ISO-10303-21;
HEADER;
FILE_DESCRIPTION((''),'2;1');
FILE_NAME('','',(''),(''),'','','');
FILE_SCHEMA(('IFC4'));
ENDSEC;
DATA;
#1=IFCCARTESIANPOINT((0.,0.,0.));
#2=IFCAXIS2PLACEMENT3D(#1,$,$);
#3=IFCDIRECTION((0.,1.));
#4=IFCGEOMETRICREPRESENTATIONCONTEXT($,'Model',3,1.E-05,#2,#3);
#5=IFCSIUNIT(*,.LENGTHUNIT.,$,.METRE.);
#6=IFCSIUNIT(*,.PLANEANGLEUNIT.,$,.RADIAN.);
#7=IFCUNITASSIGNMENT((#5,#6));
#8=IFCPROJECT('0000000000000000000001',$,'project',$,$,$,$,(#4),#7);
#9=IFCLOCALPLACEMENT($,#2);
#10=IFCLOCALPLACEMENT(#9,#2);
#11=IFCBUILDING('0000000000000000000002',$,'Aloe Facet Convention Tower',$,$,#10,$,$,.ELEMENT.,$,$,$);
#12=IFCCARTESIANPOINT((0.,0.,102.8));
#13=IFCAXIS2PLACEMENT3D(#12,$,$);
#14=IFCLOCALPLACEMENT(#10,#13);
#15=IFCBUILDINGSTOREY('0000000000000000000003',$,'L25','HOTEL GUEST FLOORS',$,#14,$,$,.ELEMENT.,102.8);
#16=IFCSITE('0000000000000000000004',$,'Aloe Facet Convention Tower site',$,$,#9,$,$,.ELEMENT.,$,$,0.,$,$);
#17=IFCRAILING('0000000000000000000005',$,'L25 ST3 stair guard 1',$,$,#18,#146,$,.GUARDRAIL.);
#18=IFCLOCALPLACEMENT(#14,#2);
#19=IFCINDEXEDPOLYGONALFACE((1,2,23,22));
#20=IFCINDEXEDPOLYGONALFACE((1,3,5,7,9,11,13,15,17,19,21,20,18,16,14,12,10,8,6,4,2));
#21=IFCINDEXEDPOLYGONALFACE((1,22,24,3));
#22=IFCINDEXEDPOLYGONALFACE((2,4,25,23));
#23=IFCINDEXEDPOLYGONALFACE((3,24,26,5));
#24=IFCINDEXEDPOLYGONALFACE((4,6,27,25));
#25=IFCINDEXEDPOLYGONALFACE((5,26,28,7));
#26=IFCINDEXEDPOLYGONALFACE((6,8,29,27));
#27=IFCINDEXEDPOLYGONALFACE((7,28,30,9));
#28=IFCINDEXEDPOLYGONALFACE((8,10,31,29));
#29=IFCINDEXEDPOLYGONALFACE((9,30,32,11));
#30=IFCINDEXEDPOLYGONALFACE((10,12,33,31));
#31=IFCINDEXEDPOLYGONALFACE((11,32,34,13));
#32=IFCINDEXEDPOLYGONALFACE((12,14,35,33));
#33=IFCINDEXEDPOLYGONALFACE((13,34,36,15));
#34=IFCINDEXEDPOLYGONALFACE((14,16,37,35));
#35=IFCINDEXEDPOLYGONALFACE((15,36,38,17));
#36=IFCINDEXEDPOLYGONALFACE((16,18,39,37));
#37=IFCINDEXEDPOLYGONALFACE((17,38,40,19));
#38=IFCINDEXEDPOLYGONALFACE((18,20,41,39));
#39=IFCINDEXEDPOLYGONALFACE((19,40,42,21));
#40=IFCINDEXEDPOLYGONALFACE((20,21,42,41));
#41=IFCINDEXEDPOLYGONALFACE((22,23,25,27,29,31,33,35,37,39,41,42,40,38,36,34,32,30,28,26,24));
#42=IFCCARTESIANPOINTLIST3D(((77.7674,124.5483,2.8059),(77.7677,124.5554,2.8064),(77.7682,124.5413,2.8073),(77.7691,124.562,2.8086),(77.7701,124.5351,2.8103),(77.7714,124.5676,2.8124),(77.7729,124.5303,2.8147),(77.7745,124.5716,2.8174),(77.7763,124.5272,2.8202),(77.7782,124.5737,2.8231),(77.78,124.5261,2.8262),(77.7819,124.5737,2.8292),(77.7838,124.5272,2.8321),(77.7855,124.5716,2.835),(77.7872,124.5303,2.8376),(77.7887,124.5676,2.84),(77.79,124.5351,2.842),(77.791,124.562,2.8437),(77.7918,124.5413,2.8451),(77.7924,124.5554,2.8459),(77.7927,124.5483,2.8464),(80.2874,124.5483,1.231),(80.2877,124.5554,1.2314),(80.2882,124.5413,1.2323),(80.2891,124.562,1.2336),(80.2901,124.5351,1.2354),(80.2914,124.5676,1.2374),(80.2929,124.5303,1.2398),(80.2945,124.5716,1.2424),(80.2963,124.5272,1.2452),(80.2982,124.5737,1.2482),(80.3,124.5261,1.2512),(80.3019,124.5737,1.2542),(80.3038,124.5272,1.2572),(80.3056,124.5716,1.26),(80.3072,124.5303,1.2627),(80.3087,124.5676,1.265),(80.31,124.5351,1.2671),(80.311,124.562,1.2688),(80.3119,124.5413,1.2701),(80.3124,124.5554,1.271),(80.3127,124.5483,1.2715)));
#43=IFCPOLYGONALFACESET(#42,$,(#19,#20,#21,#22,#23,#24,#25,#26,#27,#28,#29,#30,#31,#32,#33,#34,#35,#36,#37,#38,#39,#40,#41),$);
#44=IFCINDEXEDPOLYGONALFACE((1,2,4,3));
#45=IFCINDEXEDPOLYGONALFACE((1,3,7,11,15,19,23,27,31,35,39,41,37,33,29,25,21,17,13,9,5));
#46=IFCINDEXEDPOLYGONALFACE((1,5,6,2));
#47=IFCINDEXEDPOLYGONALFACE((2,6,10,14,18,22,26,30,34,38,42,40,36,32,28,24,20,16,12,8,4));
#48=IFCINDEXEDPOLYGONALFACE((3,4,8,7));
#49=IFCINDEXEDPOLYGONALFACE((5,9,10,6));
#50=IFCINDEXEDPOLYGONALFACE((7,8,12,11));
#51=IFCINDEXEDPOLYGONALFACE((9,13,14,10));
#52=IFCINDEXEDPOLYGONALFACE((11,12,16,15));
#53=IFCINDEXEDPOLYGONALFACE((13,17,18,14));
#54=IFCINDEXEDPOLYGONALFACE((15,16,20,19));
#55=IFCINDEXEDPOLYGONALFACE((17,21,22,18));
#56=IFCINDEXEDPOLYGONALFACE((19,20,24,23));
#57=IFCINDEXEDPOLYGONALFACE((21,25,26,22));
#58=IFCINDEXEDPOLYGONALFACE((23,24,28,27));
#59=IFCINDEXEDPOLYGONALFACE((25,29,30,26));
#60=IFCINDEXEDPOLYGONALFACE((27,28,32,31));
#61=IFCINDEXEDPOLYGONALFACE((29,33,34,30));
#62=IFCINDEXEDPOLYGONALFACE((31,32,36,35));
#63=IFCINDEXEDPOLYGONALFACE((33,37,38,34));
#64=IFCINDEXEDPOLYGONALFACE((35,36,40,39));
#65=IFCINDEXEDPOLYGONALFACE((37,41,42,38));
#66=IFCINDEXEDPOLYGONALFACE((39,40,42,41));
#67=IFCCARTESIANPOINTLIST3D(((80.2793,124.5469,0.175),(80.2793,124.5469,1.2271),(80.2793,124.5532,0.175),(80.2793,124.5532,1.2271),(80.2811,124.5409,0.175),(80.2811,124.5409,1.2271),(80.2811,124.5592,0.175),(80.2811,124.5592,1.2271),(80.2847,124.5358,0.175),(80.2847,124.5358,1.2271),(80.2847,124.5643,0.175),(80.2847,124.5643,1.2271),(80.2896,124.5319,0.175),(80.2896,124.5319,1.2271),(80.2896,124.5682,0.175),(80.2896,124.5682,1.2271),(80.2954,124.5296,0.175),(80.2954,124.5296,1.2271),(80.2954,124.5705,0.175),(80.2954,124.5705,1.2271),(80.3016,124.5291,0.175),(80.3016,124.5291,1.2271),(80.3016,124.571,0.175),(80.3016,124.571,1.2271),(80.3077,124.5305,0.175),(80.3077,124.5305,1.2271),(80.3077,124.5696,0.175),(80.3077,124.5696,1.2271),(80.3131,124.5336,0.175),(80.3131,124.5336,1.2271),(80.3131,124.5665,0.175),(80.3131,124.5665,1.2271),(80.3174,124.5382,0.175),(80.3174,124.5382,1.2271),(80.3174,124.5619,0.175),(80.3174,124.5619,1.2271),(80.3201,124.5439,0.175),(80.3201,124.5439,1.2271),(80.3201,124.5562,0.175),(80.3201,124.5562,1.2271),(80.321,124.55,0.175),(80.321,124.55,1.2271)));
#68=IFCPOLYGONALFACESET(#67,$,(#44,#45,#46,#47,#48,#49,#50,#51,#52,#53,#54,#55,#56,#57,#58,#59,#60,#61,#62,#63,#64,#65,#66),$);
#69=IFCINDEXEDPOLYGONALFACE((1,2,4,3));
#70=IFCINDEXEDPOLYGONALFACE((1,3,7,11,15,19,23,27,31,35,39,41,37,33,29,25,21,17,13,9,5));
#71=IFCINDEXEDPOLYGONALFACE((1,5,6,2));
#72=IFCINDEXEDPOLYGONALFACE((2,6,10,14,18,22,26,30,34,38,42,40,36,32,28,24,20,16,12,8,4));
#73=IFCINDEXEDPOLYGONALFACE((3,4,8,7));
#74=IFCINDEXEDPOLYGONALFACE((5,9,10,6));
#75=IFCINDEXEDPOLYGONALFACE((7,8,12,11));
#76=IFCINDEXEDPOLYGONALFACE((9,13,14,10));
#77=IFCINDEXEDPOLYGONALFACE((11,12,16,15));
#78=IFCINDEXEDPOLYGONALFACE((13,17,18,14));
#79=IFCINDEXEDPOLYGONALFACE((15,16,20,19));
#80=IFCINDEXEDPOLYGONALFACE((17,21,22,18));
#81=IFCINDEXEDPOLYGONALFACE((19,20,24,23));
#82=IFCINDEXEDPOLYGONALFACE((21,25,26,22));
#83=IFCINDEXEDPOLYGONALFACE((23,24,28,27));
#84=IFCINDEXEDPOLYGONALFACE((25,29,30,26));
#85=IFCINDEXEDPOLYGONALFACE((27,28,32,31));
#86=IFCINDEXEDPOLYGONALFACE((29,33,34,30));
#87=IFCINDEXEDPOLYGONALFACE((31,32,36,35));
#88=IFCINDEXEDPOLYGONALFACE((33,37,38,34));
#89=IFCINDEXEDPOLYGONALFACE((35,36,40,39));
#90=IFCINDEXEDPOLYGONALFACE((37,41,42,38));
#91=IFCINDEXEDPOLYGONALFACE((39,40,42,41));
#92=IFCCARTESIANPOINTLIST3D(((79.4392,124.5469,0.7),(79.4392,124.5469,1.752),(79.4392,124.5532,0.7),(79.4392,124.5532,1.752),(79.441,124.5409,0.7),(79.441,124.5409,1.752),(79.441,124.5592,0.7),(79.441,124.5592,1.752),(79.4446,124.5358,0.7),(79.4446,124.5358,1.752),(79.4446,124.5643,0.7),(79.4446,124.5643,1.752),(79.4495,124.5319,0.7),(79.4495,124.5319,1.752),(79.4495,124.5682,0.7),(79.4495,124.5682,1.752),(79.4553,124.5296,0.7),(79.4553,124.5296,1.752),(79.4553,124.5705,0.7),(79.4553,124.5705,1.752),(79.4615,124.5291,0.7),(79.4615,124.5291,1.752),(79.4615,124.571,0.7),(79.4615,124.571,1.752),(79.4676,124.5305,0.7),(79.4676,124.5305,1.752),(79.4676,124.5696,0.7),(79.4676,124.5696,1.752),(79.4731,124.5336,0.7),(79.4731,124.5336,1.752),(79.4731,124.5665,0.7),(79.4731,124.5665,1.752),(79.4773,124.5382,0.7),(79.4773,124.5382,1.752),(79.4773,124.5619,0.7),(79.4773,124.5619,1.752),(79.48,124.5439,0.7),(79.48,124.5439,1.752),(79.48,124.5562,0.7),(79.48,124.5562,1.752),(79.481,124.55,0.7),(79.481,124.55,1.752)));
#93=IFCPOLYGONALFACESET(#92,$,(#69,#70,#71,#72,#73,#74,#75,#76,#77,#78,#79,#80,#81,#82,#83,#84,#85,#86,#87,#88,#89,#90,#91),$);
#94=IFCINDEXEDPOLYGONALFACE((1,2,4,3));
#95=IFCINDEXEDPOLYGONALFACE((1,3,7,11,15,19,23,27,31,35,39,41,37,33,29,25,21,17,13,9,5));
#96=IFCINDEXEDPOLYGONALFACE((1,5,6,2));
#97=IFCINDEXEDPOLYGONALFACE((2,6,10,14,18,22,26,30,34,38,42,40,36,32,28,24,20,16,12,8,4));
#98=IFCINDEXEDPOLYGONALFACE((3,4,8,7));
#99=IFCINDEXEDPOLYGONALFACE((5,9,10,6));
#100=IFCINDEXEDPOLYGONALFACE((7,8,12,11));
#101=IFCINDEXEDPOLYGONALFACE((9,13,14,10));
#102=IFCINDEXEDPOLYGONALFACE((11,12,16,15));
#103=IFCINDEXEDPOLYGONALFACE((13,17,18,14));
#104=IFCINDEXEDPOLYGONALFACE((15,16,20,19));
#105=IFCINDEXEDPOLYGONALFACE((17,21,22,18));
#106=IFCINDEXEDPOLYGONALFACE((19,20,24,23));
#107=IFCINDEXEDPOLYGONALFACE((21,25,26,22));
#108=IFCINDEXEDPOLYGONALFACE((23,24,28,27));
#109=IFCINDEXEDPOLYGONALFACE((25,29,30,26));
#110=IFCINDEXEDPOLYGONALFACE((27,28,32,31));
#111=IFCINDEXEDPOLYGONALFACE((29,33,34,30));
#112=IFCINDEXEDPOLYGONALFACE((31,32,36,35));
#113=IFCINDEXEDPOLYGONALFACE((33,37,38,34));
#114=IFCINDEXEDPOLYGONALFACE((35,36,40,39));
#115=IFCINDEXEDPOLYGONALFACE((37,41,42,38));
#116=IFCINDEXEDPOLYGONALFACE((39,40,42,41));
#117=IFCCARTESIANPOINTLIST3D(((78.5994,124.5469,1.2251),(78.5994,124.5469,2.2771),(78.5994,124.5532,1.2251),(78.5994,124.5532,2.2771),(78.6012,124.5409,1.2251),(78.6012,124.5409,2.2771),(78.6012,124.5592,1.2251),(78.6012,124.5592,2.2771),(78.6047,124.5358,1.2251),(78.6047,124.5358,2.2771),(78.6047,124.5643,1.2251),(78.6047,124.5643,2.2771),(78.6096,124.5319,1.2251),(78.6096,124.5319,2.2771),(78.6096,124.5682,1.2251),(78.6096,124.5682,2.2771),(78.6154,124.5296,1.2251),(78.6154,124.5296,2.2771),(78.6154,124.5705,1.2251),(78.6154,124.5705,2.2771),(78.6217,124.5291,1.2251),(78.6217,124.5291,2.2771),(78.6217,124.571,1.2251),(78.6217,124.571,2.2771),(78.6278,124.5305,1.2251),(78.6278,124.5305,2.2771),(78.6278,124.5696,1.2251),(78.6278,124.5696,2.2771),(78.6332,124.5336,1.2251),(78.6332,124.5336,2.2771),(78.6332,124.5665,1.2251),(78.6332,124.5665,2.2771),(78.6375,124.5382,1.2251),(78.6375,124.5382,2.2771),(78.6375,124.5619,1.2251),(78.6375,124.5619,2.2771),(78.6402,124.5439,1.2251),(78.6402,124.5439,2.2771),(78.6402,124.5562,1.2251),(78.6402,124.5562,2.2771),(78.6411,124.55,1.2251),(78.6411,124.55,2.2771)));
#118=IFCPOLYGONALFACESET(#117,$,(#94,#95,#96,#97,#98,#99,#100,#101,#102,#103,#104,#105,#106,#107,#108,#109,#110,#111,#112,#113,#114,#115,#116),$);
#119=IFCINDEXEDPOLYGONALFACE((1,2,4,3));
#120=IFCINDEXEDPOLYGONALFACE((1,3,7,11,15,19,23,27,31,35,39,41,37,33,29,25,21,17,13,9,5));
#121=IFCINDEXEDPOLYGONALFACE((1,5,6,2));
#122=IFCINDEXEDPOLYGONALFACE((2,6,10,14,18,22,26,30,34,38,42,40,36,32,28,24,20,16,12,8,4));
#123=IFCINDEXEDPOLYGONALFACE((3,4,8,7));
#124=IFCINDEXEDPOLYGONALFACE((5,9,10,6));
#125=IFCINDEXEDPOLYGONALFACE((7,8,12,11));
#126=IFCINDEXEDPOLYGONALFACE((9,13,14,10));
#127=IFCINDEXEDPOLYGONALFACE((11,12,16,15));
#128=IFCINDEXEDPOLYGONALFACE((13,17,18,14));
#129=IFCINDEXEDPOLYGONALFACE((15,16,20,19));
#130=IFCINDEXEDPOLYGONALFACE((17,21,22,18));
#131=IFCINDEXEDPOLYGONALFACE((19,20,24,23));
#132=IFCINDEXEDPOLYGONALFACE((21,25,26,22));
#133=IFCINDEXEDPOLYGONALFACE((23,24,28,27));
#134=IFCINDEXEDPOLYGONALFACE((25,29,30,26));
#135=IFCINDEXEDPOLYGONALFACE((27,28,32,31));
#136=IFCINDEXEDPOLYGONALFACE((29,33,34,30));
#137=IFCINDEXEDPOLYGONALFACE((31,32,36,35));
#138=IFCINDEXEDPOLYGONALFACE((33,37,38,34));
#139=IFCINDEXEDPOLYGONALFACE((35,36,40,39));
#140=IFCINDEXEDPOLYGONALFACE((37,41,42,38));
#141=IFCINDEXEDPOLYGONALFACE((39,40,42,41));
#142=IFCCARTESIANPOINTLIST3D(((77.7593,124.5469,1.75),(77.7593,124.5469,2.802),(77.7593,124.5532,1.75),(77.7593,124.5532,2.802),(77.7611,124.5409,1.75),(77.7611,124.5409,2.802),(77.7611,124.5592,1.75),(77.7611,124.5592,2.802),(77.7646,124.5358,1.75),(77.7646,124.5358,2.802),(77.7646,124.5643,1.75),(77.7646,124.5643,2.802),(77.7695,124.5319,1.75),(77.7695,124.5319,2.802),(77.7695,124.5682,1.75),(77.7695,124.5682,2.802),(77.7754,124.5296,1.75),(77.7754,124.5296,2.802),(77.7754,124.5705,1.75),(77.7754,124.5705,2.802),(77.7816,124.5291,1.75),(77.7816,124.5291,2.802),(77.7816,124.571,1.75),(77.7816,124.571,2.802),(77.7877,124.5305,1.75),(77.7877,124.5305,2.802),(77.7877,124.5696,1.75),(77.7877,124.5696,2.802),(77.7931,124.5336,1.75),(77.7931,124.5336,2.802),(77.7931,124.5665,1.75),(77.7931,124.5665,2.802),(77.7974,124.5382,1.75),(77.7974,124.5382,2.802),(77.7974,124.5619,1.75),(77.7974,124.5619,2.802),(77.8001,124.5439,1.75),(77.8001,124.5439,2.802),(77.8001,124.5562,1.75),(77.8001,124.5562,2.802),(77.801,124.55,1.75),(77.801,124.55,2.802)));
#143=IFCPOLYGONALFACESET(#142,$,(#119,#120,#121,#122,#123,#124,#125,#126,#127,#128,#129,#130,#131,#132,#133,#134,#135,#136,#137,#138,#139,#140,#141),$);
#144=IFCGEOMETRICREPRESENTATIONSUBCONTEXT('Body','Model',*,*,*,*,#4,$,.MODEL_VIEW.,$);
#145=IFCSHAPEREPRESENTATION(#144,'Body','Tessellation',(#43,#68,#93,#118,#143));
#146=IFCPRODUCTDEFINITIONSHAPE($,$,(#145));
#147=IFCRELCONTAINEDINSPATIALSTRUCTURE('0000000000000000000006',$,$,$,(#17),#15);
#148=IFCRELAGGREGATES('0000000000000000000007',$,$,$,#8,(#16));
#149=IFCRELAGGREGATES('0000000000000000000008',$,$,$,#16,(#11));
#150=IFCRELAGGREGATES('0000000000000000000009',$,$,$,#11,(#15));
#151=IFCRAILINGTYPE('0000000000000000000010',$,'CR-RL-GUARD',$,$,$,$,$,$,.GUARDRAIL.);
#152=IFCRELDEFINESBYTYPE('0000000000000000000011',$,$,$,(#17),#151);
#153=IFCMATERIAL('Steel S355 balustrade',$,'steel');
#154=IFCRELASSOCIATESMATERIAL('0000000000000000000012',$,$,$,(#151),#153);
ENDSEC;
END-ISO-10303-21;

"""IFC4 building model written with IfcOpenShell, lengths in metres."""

from ifc_helpers import new_model, si_unit, direction, frame, origin, origin_2d, place, context, subcontext, project, spatial, circle, extrude, material, type_object, element, save


model = new_model("IFC4")

# Units and contexts
model_context = context("Model", 3, precision=1e-05, world=origin(), true_north=direction((0.0, 1.0)))
body_context = subcontext(model_context, "Body", "Model", "MODEL_VIEW")
ifc_project = project(units=[si_unit("LENGTHUNIT", "METRE"), si_unit("PLANEANGLEUNIT", "RADIAN")], contexts=[model_context])

# Site, building, storey
site_placement = place(None, origin())
site = spatial("IfcSite", under=ifc_project, at=site_placement, Name="Aloe Facet Convention Tower site", CompositionType="ELEMENT", RefElevation=0.0)
building_placement = place(site_placement, origin())
building = spatial("IfcBuilding", under=site, at=building_placement, Name="Aloe Facet Convention Tower", CompositionType="ELEMENT")
storey_placement = place(building_placement, frame((0.0, 0.0, 102.8)))
storey = spatial("IfcBuildingStorey", under=building, at=storey_placement, Name="L25", Description="HOTEL GUEST FLOORS", CompositionType="ELEMENT", Elevation=102.8)

# Railing
ifc_material_1 = material(Name="Steel S355 balustrade", Category="steel")
railing_type_1 = type_object("IfcRailingType", Name="CR-RL-GUARD", PredefinedType="GUARDRAIL", material=ifc_material_1)
railing_1_placement = place(storey_placement, frame((80.3, 124.55, 0.175)))
element("IfcRailing", 1, at=railing_1_placement, inside=storey, type_object=railing_type_1, Name="L25 ST3 stair guard 1", PredefinedType="GUARDRAIL", context=body_context, shape_type="SweptSolid", body=[
    extrude(circle(Radius=0.0239, at=origin_2d()), frame((0.0, 0.0, 1.0762), z_axis=(-0.848008, 0.0, 0.529984), x_axis=(0.0, -1.0, 0.0)), (0.0, 0.0, 1.0), 2.9717),
    extrude(circle(Radius=0.021, at=origin_2d()), origin(), (0.0, 0.0, 1.0), 1.052),
    extrude(circle(Radius=0.021, at=origin_2d()), frame((-0.8401, 0.0, 0.5249)), (0.0, 0.0, 1.0), 1.052),
    extrude(circle(Radius=0.021, at=origin_2d()), frame((-1.6799, 0.0, 1.05)), (0.0, 0.0, 1.0), 1.052),
    extrude(circle(Radius=0.021, at=origin_2d()), frame((-2.52, 0.0, 1.575)), (0.0, 0.0, 1.0), 1.052),
])

save(model, "model.ifc")
